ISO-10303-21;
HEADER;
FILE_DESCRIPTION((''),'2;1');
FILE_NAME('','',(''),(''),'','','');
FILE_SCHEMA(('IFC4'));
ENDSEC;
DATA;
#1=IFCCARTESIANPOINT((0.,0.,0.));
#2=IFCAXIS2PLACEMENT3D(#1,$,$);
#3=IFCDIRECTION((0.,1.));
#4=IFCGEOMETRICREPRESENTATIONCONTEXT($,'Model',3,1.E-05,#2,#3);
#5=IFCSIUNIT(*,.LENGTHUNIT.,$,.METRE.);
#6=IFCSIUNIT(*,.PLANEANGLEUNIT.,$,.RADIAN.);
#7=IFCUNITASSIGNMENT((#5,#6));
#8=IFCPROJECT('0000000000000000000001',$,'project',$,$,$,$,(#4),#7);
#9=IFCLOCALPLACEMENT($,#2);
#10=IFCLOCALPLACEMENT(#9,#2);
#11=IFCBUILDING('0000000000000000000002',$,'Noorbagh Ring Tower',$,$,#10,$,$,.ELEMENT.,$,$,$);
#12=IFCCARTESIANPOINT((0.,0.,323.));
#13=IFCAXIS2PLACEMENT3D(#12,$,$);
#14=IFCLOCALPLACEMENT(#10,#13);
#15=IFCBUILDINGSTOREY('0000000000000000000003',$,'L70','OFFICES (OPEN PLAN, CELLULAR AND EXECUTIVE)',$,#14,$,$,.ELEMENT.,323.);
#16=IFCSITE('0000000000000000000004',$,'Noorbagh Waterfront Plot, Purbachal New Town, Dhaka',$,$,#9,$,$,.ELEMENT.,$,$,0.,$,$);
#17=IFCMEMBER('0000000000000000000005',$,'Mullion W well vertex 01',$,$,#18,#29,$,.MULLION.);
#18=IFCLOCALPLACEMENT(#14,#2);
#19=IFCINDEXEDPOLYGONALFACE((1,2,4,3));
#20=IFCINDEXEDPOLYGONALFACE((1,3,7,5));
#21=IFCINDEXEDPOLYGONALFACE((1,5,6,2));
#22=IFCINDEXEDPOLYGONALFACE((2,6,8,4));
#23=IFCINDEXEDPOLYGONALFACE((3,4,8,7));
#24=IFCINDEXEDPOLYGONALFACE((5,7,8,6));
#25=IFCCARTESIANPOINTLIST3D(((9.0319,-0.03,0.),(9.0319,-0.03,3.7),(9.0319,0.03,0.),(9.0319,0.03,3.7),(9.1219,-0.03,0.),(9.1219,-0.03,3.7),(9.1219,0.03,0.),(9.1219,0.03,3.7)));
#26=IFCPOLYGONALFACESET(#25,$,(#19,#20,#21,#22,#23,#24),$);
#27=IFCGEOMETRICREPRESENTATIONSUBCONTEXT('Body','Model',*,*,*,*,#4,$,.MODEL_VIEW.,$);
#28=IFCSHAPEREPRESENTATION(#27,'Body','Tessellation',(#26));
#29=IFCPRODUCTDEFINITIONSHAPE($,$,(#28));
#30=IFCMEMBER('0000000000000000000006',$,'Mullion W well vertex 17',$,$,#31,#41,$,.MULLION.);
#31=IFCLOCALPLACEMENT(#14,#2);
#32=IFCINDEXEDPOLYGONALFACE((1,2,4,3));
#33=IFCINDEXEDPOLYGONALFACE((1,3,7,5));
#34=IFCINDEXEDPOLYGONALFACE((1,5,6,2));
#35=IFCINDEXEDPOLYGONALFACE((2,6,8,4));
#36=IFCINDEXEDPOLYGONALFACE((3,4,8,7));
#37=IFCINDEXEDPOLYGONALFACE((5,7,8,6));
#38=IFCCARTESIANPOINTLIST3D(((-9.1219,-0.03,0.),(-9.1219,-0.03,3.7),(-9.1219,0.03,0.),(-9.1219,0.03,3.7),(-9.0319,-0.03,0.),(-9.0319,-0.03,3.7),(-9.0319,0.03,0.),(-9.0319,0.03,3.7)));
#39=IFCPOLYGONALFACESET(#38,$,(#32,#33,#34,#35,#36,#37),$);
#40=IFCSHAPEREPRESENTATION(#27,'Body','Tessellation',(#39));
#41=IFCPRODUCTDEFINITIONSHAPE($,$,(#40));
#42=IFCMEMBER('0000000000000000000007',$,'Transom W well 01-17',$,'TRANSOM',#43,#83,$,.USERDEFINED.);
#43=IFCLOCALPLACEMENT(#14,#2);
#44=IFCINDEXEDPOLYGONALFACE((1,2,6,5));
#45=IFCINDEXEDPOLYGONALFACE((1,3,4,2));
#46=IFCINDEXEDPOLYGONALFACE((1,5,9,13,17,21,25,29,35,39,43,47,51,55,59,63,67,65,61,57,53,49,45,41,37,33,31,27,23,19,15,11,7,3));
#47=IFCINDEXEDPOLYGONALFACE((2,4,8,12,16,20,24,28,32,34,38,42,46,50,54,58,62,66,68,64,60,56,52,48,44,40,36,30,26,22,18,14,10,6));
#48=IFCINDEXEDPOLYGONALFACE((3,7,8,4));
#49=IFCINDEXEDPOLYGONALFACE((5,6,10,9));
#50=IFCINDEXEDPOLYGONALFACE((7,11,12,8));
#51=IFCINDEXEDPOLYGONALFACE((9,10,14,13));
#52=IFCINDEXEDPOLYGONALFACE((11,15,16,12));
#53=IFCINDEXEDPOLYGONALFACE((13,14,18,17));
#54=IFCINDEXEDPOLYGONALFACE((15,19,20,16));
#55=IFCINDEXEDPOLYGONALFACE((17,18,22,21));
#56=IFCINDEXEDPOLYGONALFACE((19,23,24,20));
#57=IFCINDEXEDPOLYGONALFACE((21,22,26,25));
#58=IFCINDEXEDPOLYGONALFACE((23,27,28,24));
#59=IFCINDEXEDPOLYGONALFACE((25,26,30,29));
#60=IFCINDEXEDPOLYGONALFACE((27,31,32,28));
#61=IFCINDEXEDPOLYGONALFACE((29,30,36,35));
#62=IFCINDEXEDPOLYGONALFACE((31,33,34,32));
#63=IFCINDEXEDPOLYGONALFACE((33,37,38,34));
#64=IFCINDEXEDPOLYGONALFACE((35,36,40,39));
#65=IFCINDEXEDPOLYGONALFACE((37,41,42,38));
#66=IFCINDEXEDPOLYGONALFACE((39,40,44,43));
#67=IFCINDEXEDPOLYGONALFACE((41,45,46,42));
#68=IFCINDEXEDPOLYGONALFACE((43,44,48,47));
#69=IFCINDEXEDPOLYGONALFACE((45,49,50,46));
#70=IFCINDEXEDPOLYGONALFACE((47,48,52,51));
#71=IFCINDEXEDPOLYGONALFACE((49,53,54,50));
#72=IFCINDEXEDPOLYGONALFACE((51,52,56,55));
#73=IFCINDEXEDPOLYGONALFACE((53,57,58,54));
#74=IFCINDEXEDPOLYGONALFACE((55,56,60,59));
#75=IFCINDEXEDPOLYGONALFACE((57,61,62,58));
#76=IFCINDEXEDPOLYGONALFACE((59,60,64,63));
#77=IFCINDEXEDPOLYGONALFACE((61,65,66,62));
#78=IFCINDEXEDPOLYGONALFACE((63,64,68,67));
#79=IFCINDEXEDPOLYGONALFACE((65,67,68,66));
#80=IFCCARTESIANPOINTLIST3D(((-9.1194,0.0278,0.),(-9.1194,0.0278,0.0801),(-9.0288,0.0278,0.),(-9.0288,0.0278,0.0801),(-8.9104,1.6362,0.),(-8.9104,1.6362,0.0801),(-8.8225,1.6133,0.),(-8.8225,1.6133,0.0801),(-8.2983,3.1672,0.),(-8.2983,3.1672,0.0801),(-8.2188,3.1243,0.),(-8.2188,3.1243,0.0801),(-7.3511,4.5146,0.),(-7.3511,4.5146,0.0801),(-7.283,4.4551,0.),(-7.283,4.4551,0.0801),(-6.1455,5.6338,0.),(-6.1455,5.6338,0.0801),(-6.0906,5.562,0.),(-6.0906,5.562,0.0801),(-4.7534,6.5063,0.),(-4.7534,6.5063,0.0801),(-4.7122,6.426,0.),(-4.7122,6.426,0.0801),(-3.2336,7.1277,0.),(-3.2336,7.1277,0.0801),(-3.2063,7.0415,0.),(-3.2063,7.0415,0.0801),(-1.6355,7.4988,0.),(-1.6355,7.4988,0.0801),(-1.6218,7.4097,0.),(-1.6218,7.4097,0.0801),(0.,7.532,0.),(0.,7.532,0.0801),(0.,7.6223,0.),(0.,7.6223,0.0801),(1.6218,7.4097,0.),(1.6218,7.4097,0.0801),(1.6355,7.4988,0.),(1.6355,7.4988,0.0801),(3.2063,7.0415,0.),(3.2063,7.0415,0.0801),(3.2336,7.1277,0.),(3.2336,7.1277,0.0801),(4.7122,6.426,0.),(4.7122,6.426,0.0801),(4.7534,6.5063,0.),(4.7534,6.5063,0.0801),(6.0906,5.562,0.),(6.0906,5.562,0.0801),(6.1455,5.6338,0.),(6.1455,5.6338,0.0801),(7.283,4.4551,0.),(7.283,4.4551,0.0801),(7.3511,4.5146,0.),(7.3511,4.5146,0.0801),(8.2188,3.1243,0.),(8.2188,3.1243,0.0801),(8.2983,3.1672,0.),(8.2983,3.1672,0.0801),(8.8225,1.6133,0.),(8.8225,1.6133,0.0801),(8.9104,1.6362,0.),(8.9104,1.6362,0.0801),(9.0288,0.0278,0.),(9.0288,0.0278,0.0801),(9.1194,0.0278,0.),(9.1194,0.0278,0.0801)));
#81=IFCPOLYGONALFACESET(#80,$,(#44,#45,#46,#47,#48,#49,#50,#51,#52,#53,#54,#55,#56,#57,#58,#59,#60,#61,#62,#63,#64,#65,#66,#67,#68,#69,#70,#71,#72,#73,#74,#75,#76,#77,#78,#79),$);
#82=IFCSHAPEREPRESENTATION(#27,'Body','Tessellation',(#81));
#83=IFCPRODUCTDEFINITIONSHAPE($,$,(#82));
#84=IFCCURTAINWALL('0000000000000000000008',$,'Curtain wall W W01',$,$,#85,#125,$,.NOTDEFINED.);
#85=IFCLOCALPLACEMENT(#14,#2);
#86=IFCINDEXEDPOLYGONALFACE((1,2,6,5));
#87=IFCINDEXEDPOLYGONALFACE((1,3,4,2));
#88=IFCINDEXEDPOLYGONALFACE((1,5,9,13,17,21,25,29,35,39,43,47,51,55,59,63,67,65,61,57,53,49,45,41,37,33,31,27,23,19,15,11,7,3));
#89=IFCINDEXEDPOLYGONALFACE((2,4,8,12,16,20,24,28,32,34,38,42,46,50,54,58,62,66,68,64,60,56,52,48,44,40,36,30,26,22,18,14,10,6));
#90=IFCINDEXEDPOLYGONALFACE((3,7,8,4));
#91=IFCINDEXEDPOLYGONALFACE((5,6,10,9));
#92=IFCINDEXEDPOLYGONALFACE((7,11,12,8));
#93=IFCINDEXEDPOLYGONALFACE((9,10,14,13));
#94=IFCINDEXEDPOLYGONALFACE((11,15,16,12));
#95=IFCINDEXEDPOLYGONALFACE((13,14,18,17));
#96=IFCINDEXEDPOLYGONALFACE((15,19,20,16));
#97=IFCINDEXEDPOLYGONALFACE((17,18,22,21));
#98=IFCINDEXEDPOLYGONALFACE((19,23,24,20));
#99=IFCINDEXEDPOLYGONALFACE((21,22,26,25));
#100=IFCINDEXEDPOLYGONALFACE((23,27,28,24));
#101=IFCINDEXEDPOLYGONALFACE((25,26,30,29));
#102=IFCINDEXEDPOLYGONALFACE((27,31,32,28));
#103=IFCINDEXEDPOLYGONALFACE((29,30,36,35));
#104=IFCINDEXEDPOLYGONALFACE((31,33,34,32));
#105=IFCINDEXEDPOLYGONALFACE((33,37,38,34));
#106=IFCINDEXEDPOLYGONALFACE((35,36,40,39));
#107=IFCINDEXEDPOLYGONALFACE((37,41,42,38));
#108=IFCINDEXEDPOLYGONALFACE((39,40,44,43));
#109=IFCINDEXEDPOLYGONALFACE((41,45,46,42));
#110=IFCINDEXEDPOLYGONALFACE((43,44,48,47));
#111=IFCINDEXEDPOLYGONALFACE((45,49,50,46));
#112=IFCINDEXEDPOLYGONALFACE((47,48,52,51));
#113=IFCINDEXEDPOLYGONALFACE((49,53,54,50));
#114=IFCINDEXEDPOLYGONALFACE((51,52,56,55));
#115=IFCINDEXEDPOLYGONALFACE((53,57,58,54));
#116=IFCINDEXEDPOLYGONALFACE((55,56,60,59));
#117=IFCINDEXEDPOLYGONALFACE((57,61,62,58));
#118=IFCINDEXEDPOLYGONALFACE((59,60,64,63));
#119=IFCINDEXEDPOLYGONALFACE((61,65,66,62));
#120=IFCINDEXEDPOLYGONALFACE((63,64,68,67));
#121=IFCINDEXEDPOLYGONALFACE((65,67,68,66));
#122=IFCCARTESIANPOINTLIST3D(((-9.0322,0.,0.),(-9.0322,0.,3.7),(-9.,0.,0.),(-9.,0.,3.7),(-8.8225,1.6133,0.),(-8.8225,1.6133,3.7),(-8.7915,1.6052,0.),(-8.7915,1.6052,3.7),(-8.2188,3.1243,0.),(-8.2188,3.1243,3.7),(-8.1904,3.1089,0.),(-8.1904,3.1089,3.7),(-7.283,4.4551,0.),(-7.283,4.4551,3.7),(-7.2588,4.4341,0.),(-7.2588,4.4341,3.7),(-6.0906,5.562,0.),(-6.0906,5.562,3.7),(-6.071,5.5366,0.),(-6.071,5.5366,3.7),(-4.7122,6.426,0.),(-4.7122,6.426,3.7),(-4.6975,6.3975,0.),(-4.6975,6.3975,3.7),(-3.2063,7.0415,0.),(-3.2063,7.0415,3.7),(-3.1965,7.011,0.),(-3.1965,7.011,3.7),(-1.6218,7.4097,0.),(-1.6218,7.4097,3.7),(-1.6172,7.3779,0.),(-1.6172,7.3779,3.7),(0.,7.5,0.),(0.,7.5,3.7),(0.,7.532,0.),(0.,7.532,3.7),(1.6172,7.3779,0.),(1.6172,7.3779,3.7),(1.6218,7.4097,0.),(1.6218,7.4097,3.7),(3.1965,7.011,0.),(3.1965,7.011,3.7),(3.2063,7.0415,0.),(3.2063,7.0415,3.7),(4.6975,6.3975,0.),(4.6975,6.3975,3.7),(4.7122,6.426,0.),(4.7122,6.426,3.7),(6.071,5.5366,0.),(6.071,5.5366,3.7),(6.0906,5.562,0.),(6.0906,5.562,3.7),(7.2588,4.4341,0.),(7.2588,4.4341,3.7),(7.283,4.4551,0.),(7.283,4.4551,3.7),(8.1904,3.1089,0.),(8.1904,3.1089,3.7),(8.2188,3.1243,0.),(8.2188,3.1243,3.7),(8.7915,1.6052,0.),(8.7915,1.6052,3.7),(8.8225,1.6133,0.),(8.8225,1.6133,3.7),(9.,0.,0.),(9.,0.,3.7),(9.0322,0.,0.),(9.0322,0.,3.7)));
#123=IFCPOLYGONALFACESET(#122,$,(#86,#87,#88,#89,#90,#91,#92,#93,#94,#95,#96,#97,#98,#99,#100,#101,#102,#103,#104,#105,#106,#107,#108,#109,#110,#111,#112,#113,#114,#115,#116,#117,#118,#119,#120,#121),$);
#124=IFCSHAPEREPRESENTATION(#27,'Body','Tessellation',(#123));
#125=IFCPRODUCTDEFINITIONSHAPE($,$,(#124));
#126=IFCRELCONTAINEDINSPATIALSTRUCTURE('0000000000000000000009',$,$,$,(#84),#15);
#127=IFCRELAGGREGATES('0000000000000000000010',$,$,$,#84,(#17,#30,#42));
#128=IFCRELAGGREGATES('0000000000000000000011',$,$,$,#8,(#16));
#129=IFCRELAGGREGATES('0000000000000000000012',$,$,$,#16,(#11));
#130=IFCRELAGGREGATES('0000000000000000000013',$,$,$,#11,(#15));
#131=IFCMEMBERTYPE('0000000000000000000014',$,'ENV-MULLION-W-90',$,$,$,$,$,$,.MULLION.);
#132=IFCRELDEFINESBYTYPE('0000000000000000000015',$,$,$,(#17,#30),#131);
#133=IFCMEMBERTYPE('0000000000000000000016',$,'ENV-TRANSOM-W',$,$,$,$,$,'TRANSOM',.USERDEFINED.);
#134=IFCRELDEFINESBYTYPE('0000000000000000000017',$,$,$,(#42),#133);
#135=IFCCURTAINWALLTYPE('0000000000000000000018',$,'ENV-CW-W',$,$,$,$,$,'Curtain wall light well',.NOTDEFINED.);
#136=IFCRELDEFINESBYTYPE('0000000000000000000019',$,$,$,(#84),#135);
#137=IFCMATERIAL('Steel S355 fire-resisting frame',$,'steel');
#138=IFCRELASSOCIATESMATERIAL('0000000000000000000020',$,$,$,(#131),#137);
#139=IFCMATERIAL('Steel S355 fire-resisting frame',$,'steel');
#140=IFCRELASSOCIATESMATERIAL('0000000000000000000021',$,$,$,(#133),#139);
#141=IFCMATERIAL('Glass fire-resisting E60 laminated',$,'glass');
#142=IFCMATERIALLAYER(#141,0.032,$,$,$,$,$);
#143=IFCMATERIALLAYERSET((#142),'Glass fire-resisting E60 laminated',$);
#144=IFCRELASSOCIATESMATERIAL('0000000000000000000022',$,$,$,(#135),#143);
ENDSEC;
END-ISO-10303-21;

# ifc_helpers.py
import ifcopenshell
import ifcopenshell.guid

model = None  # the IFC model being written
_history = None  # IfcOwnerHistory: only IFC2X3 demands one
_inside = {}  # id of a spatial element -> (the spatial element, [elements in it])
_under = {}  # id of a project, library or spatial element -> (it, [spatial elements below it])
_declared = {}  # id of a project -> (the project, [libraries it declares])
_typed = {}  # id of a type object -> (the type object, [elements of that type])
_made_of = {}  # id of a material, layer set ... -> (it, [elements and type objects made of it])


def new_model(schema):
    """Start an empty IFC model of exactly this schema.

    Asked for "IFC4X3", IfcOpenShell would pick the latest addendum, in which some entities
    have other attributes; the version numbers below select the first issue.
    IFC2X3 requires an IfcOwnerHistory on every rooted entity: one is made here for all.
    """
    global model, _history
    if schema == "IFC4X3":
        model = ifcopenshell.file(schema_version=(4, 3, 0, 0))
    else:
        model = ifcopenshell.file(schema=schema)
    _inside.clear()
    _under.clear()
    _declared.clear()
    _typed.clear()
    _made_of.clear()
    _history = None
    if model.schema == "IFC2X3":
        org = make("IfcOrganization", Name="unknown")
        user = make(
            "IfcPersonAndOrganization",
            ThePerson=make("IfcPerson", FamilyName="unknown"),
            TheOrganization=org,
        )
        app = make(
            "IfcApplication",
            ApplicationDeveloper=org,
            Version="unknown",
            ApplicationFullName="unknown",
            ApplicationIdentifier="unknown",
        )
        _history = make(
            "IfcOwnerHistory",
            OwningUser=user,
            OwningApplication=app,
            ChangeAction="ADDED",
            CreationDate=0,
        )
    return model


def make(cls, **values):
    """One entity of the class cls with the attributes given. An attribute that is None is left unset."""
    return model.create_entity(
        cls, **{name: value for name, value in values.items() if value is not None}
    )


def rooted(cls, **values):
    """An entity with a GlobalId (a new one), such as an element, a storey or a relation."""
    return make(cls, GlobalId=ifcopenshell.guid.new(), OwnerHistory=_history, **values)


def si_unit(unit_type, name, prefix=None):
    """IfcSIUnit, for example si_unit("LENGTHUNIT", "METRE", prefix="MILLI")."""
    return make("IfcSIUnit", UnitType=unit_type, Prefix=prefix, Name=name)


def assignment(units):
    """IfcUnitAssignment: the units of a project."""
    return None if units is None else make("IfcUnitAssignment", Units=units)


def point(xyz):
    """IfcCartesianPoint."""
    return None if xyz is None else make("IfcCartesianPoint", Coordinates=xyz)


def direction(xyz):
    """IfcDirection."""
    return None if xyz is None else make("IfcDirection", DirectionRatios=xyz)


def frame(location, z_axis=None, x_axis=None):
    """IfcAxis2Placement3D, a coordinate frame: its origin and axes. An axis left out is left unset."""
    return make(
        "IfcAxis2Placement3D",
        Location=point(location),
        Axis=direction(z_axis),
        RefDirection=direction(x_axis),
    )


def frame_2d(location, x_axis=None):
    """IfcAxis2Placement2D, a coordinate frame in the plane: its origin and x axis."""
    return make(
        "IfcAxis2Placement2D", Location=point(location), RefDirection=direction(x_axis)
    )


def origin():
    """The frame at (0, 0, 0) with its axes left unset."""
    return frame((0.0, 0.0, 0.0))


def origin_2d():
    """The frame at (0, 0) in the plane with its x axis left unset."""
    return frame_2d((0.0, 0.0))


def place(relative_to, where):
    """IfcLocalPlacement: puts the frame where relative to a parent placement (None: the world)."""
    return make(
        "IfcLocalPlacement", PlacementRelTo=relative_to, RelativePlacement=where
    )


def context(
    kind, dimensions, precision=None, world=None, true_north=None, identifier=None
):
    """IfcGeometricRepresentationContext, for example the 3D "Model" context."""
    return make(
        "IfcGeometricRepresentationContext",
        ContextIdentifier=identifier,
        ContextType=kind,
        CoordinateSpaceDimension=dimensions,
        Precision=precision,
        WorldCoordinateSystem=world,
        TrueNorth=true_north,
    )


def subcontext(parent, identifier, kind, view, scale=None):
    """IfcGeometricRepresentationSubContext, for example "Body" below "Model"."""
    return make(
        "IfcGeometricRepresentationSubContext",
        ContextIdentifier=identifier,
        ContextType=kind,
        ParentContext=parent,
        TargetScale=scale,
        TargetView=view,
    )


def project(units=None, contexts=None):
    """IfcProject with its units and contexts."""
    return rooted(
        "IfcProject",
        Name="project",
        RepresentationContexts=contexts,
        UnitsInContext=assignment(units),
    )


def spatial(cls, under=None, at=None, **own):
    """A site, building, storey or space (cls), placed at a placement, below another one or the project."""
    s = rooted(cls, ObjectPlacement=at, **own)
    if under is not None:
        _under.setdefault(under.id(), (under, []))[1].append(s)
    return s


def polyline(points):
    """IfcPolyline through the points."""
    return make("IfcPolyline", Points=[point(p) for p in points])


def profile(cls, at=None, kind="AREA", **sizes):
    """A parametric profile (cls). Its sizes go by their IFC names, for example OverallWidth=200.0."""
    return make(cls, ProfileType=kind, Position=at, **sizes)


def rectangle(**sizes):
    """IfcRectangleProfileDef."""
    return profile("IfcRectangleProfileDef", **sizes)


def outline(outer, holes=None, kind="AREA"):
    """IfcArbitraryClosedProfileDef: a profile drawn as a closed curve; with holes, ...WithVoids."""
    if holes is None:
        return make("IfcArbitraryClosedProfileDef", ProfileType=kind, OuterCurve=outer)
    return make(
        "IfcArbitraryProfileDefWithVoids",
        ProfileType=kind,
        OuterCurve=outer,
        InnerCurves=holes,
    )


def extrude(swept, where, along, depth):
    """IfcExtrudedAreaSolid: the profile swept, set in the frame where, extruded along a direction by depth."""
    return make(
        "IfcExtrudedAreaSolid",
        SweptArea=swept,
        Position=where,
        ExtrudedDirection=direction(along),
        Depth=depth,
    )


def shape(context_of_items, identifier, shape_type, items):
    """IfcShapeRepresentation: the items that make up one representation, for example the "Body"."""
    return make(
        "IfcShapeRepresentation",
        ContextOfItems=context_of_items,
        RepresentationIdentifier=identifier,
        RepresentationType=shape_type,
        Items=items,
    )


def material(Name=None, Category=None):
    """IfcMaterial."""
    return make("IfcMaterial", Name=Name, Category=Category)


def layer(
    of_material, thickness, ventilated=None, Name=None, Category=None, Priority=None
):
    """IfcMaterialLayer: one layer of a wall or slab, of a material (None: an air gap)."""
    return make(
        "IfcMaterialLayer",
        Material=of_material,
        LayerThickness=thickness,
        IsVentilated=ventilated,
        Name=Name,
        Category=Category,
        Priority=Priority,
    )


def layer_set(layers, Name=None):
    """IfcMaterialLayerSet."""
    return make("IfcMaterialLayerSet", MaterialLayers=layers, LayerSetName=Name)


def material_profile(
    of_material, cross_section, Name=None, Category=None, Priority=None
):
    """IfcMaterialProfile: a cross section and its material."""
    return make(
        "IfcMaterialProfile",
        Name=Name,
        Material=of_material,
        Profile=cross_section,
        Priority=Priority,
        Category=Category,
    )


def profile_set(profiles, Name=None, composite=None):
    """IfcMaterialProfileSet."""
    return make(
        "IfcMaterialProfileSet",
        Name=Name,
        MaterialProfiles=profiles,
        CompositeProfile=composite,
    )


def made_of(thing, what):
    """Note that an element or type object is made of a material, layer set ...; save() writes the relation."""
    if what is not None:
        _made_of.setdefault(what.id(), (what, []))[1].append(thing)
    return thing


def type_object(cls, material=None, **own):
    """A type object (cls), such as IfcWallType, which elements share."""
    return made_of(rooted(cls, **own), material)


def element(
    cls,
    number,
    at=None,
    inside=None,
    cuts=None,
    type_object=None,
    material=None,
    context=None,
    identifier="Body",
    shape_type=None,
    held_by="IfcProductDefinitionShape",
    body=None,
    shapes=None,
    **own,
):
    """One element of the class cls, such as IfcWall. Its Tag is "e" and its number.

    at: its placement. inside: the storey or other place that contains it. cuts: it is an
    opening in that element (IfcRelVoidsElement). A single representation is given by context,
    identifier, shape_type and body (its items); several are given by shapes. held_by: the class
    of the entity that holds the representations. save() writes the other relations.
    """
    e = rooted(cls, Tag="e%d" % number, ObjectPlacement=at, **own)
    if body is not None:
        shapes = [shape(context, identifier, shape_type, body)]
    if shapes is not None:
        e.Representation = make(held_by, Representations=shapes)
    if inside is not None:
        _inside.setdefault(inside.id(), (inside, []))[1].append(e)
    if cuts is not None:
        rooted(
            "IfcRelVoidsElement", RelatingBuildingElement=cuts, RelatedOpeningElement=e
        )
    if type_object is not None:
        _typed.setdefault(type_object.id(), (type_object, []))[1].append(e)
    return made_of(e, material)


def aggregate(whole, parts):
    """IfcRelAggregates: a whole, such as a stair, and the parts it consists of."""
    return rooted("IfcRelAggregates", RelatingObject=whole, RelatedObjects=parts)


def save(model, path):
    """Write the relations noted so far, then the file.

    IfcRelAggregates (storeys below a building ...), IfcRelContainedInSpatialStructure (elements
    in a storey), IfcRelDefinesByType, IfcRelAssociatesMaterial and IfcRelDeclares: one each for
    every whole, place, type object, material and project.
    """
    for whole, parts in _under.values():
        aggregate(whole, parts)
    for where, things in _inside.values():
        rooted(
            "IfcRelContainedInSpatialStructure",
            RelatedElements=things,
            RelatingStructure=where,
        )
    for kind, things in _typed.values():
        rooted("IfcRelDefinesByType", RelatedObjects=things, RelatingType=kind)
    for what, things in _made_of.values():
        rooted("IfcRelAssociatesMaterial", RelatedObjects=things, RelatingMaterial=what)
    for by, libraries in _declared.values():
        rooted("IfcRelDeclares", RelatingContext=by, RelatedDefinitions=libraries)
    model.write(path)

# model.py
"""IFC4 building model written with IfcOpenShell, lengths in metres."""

from ifc_helpers import new_model, si_unit, direction, frame, origin, origin_2d, place, context, subcontext, project, spatial, polyline, rectangle, outline, extrude, material, layer, layer_set, material_profile, profile_set, type_object, element, aggregate, save


model = new_model("IFC4")

# Units and contexts
model_context = context("Model", 3, precision=1e-05, world=origin(), true_north=direction((0.0, 1.0)))
body_context = subcontext(model_context, "Body", "Model", "MODEL_VIEW")
ifc_project = project(units=[si_unit("LENGTHUNIT", "METRE"), si_unit("PLANEANGLEUNIT", "RADIAN")], contexts=[model_context])

# Members
site_placement = place(None, origin())
building_placement = place(site_placement, origin())
storey_placement = place(building_placement, frame((0.0, 0.0, 323.0)))
ifc_material_1 = material(Name="Steel S355 fire-resisting frame", Category="steel")
ifc_material_profile_1 = material_profile(ifc_material_1, rectangle(XDim=0.0901, YDim=0.0601, at=origin_2d()), Name="90x60")
ifc_profile_set_1 = profile_set([ifc_material_profile_1], Name="Steel S355 fire-resisting frame")
member_type_1 = type_object("IfcMemberType", Name="ENV-MULLION-W-90", PredefinedType="MULLION", material=ifc_profile_set_1)
member_1_placement = place(storey_placement, frame((9.0769, 0.0, 0.0), z_axis=(0.0, 0.0, 1.0), x_axis=(1.0, 0.0, 0.0)))
member_1 = element("IfcMember", 1, at=member_1_placement, type_object=member_type_1, Name="Mullion W well vertex 01", PredefinedType="MULLION", context=body_context, shape_type="SweptSolid", body=[
    extrude(rectangle(XDim=0.0901, YDim=0.0601, at=origin_2d()), origin(), (0.0, 0.0, 1.0), 3.7),
])
member_2_placement = place(storey_placement, frame((-9.0769, 0.0, 0.0), z_axis=(0.0, 0.0, 1.0), x_axis=(-1.0, 0.0, 0.0)))
member_2 = element("IfcMember", 2, at=member_2_placement, type_object=member_type_1, Name="Mullion W well vertex 17", PredefinedType="MULLION", context=body_context, shape_type="SweptSolid", body=[
    extrude(rectangle(XDim=0.0901, YDim=0.0601, at=origin_2d()), origin(), (0.0, 0.0, 1.0), 3.7),
])
ifc_material_2 = material(Name="Steel S355 fire-resisting frame", Category="steel")
member_type_2 = type_object("IfcMemberType", Name="ENV-TRANSOM-W", ElementType="TRANSOM", PredefinedType="USERDEFINED", material=ifc_material_2)
member_3_placement = place(storey_placement, origin())
member_3 = element("IfcMember", 3, at=member_3_placement, type_object=member_type_2, Name="Transom W well 01-17", ObjectType="TRANSOM", PredefinedType="USERDEFINED", context=body_context, shape_type="SweptSolid", body=[
    extrude(outline(polyline([(9.1194, 0.0278), (8.9104, 1.6362), (8.2983, 3.1672), (7.3511, 4.5146), (6.1455, 5.6338), (4.7534, 6.5063), (3.2336, 7.1277), (1.6355, 7.4988), (0.0, 7.6223), (-1.6355, 7.4988), (-3.2336, 7.1277), (-4.7534, 6.5063), (-6.1455, 5.6338), (-7.3511, 4.5146), (-8.2983, 3.1672), (-8.9104, 1.6362), (-9.1194, 0.0278), (-9.0288, 0.0278), (-8.8225, 1.6133), (-8.2188, 3.1243), (-7.283, 4.4551), (-6.0906, 5.562), (-4.7122, 6.426), (-3.2063, 7.0415), (-1.6218, 7.4097), (0.0, 7.532), (1.6218, 7.4097), (3.2063, 7.0415), (4.7122, 6.426), (6.0906, 5.562), (7.283, 4.4551), (8.2188, 3.1243), (8.8225, 1.6133), (9.0288, 0.0278), (9.1194, 0.0278)])), origin(), (0.0, 0.0, 1.0), 0.0801),
])

# Site, building, storey
site = spatial("IfcSite", under=ifc_project, at=site_placement, Name="Noorbagh Waterfront Plot, Purbachal New Town, Dhaka", CompositionType="ELEMENT", RefElevation=0.0)
building = spatial("IfcBuilding", under=site, at=building_placement, Name="Noorbagh Ring Tower", CompositionType="ELEMENT")
storey = spatial("IfcBuildingStorey", under=building, at=storey_placement, Name="L70", Description="OFFICES (OPEN PLAN, CELLULAR AND EXECUTIVE)", CompositionType="ELEMENT", Elevation=323.0)

# Curtain wall
ifc_material_3 = material(Name="Glass fire-resisting E60 laminated", Category="glass")
ifc_layer_1 = layer(ifc_material_3, 0.032)
ifc_layer_set_1 = layer_set([ifc_layer_1], Name="Glass fire-resisting E60 laminated")
curtain_wall_type_1 = type_object("IfcCurtainWallType", Name="ENV-CW-W", ElementType="Curtain wall light well", PredefinedType="NOTDEFINED", material=ifc_layer_set_1)
curtain_wall_1_placement = place(storey_placement, origin())
curtain_wall_1 = element("IfcCurtainWall", 4, at=curtain_wall_1_placement, inside=storey, type_object=curtain_wall_type_1, Name="Curtain wall W W01", PredefinedType="NOTDEFINED", context=body_context, shape_type="SweptSolid", body=[
    extrude(outline(polyline([(9.0322, 0.0), (8.8225, 1.6133), (8.2188, 3.1243), (7.283, 4.4551), (6.0906, 5.562), (4.7122, 6.426), (3.2063, 7.0415), (1.6218, 7.4097), (0.0, 7.532), (-1.6218, 7.4097), (-3.2063, 7.0415), (-4.7122, 6.426), (-6.0906, 5.562), (-7.283, 4.4551), (-8.2188, 3.1243), (-8.8225, 1.6133), (-9.0322, 0.0), (-9.0, 0.0), (-8.7915, 1.6052), (-8.1904, 3.1089), (-7.2588, 4.4341), (-6.071, 5.5366), (-4.6975, 6.3975), (-3.1965, 7.011), (-1.6172, 7.3779), (0.0, 7.5), (1.6172, 7.3779), (3.1965, 7.011), (4.6975, 6.3975), (6.071, 5.5366), (7.2588, 4.4341), (8.1904, 3.1089), (8.7915, 1.6052), (9.0, 0.0), (9.0322, 0.0)])), origin(), (0.0, 0.0, 1.0), 3.7),
])
aggregate(curtain_wall_1, [member_1, member_2, member_3])

save(model, "model.ifc")
